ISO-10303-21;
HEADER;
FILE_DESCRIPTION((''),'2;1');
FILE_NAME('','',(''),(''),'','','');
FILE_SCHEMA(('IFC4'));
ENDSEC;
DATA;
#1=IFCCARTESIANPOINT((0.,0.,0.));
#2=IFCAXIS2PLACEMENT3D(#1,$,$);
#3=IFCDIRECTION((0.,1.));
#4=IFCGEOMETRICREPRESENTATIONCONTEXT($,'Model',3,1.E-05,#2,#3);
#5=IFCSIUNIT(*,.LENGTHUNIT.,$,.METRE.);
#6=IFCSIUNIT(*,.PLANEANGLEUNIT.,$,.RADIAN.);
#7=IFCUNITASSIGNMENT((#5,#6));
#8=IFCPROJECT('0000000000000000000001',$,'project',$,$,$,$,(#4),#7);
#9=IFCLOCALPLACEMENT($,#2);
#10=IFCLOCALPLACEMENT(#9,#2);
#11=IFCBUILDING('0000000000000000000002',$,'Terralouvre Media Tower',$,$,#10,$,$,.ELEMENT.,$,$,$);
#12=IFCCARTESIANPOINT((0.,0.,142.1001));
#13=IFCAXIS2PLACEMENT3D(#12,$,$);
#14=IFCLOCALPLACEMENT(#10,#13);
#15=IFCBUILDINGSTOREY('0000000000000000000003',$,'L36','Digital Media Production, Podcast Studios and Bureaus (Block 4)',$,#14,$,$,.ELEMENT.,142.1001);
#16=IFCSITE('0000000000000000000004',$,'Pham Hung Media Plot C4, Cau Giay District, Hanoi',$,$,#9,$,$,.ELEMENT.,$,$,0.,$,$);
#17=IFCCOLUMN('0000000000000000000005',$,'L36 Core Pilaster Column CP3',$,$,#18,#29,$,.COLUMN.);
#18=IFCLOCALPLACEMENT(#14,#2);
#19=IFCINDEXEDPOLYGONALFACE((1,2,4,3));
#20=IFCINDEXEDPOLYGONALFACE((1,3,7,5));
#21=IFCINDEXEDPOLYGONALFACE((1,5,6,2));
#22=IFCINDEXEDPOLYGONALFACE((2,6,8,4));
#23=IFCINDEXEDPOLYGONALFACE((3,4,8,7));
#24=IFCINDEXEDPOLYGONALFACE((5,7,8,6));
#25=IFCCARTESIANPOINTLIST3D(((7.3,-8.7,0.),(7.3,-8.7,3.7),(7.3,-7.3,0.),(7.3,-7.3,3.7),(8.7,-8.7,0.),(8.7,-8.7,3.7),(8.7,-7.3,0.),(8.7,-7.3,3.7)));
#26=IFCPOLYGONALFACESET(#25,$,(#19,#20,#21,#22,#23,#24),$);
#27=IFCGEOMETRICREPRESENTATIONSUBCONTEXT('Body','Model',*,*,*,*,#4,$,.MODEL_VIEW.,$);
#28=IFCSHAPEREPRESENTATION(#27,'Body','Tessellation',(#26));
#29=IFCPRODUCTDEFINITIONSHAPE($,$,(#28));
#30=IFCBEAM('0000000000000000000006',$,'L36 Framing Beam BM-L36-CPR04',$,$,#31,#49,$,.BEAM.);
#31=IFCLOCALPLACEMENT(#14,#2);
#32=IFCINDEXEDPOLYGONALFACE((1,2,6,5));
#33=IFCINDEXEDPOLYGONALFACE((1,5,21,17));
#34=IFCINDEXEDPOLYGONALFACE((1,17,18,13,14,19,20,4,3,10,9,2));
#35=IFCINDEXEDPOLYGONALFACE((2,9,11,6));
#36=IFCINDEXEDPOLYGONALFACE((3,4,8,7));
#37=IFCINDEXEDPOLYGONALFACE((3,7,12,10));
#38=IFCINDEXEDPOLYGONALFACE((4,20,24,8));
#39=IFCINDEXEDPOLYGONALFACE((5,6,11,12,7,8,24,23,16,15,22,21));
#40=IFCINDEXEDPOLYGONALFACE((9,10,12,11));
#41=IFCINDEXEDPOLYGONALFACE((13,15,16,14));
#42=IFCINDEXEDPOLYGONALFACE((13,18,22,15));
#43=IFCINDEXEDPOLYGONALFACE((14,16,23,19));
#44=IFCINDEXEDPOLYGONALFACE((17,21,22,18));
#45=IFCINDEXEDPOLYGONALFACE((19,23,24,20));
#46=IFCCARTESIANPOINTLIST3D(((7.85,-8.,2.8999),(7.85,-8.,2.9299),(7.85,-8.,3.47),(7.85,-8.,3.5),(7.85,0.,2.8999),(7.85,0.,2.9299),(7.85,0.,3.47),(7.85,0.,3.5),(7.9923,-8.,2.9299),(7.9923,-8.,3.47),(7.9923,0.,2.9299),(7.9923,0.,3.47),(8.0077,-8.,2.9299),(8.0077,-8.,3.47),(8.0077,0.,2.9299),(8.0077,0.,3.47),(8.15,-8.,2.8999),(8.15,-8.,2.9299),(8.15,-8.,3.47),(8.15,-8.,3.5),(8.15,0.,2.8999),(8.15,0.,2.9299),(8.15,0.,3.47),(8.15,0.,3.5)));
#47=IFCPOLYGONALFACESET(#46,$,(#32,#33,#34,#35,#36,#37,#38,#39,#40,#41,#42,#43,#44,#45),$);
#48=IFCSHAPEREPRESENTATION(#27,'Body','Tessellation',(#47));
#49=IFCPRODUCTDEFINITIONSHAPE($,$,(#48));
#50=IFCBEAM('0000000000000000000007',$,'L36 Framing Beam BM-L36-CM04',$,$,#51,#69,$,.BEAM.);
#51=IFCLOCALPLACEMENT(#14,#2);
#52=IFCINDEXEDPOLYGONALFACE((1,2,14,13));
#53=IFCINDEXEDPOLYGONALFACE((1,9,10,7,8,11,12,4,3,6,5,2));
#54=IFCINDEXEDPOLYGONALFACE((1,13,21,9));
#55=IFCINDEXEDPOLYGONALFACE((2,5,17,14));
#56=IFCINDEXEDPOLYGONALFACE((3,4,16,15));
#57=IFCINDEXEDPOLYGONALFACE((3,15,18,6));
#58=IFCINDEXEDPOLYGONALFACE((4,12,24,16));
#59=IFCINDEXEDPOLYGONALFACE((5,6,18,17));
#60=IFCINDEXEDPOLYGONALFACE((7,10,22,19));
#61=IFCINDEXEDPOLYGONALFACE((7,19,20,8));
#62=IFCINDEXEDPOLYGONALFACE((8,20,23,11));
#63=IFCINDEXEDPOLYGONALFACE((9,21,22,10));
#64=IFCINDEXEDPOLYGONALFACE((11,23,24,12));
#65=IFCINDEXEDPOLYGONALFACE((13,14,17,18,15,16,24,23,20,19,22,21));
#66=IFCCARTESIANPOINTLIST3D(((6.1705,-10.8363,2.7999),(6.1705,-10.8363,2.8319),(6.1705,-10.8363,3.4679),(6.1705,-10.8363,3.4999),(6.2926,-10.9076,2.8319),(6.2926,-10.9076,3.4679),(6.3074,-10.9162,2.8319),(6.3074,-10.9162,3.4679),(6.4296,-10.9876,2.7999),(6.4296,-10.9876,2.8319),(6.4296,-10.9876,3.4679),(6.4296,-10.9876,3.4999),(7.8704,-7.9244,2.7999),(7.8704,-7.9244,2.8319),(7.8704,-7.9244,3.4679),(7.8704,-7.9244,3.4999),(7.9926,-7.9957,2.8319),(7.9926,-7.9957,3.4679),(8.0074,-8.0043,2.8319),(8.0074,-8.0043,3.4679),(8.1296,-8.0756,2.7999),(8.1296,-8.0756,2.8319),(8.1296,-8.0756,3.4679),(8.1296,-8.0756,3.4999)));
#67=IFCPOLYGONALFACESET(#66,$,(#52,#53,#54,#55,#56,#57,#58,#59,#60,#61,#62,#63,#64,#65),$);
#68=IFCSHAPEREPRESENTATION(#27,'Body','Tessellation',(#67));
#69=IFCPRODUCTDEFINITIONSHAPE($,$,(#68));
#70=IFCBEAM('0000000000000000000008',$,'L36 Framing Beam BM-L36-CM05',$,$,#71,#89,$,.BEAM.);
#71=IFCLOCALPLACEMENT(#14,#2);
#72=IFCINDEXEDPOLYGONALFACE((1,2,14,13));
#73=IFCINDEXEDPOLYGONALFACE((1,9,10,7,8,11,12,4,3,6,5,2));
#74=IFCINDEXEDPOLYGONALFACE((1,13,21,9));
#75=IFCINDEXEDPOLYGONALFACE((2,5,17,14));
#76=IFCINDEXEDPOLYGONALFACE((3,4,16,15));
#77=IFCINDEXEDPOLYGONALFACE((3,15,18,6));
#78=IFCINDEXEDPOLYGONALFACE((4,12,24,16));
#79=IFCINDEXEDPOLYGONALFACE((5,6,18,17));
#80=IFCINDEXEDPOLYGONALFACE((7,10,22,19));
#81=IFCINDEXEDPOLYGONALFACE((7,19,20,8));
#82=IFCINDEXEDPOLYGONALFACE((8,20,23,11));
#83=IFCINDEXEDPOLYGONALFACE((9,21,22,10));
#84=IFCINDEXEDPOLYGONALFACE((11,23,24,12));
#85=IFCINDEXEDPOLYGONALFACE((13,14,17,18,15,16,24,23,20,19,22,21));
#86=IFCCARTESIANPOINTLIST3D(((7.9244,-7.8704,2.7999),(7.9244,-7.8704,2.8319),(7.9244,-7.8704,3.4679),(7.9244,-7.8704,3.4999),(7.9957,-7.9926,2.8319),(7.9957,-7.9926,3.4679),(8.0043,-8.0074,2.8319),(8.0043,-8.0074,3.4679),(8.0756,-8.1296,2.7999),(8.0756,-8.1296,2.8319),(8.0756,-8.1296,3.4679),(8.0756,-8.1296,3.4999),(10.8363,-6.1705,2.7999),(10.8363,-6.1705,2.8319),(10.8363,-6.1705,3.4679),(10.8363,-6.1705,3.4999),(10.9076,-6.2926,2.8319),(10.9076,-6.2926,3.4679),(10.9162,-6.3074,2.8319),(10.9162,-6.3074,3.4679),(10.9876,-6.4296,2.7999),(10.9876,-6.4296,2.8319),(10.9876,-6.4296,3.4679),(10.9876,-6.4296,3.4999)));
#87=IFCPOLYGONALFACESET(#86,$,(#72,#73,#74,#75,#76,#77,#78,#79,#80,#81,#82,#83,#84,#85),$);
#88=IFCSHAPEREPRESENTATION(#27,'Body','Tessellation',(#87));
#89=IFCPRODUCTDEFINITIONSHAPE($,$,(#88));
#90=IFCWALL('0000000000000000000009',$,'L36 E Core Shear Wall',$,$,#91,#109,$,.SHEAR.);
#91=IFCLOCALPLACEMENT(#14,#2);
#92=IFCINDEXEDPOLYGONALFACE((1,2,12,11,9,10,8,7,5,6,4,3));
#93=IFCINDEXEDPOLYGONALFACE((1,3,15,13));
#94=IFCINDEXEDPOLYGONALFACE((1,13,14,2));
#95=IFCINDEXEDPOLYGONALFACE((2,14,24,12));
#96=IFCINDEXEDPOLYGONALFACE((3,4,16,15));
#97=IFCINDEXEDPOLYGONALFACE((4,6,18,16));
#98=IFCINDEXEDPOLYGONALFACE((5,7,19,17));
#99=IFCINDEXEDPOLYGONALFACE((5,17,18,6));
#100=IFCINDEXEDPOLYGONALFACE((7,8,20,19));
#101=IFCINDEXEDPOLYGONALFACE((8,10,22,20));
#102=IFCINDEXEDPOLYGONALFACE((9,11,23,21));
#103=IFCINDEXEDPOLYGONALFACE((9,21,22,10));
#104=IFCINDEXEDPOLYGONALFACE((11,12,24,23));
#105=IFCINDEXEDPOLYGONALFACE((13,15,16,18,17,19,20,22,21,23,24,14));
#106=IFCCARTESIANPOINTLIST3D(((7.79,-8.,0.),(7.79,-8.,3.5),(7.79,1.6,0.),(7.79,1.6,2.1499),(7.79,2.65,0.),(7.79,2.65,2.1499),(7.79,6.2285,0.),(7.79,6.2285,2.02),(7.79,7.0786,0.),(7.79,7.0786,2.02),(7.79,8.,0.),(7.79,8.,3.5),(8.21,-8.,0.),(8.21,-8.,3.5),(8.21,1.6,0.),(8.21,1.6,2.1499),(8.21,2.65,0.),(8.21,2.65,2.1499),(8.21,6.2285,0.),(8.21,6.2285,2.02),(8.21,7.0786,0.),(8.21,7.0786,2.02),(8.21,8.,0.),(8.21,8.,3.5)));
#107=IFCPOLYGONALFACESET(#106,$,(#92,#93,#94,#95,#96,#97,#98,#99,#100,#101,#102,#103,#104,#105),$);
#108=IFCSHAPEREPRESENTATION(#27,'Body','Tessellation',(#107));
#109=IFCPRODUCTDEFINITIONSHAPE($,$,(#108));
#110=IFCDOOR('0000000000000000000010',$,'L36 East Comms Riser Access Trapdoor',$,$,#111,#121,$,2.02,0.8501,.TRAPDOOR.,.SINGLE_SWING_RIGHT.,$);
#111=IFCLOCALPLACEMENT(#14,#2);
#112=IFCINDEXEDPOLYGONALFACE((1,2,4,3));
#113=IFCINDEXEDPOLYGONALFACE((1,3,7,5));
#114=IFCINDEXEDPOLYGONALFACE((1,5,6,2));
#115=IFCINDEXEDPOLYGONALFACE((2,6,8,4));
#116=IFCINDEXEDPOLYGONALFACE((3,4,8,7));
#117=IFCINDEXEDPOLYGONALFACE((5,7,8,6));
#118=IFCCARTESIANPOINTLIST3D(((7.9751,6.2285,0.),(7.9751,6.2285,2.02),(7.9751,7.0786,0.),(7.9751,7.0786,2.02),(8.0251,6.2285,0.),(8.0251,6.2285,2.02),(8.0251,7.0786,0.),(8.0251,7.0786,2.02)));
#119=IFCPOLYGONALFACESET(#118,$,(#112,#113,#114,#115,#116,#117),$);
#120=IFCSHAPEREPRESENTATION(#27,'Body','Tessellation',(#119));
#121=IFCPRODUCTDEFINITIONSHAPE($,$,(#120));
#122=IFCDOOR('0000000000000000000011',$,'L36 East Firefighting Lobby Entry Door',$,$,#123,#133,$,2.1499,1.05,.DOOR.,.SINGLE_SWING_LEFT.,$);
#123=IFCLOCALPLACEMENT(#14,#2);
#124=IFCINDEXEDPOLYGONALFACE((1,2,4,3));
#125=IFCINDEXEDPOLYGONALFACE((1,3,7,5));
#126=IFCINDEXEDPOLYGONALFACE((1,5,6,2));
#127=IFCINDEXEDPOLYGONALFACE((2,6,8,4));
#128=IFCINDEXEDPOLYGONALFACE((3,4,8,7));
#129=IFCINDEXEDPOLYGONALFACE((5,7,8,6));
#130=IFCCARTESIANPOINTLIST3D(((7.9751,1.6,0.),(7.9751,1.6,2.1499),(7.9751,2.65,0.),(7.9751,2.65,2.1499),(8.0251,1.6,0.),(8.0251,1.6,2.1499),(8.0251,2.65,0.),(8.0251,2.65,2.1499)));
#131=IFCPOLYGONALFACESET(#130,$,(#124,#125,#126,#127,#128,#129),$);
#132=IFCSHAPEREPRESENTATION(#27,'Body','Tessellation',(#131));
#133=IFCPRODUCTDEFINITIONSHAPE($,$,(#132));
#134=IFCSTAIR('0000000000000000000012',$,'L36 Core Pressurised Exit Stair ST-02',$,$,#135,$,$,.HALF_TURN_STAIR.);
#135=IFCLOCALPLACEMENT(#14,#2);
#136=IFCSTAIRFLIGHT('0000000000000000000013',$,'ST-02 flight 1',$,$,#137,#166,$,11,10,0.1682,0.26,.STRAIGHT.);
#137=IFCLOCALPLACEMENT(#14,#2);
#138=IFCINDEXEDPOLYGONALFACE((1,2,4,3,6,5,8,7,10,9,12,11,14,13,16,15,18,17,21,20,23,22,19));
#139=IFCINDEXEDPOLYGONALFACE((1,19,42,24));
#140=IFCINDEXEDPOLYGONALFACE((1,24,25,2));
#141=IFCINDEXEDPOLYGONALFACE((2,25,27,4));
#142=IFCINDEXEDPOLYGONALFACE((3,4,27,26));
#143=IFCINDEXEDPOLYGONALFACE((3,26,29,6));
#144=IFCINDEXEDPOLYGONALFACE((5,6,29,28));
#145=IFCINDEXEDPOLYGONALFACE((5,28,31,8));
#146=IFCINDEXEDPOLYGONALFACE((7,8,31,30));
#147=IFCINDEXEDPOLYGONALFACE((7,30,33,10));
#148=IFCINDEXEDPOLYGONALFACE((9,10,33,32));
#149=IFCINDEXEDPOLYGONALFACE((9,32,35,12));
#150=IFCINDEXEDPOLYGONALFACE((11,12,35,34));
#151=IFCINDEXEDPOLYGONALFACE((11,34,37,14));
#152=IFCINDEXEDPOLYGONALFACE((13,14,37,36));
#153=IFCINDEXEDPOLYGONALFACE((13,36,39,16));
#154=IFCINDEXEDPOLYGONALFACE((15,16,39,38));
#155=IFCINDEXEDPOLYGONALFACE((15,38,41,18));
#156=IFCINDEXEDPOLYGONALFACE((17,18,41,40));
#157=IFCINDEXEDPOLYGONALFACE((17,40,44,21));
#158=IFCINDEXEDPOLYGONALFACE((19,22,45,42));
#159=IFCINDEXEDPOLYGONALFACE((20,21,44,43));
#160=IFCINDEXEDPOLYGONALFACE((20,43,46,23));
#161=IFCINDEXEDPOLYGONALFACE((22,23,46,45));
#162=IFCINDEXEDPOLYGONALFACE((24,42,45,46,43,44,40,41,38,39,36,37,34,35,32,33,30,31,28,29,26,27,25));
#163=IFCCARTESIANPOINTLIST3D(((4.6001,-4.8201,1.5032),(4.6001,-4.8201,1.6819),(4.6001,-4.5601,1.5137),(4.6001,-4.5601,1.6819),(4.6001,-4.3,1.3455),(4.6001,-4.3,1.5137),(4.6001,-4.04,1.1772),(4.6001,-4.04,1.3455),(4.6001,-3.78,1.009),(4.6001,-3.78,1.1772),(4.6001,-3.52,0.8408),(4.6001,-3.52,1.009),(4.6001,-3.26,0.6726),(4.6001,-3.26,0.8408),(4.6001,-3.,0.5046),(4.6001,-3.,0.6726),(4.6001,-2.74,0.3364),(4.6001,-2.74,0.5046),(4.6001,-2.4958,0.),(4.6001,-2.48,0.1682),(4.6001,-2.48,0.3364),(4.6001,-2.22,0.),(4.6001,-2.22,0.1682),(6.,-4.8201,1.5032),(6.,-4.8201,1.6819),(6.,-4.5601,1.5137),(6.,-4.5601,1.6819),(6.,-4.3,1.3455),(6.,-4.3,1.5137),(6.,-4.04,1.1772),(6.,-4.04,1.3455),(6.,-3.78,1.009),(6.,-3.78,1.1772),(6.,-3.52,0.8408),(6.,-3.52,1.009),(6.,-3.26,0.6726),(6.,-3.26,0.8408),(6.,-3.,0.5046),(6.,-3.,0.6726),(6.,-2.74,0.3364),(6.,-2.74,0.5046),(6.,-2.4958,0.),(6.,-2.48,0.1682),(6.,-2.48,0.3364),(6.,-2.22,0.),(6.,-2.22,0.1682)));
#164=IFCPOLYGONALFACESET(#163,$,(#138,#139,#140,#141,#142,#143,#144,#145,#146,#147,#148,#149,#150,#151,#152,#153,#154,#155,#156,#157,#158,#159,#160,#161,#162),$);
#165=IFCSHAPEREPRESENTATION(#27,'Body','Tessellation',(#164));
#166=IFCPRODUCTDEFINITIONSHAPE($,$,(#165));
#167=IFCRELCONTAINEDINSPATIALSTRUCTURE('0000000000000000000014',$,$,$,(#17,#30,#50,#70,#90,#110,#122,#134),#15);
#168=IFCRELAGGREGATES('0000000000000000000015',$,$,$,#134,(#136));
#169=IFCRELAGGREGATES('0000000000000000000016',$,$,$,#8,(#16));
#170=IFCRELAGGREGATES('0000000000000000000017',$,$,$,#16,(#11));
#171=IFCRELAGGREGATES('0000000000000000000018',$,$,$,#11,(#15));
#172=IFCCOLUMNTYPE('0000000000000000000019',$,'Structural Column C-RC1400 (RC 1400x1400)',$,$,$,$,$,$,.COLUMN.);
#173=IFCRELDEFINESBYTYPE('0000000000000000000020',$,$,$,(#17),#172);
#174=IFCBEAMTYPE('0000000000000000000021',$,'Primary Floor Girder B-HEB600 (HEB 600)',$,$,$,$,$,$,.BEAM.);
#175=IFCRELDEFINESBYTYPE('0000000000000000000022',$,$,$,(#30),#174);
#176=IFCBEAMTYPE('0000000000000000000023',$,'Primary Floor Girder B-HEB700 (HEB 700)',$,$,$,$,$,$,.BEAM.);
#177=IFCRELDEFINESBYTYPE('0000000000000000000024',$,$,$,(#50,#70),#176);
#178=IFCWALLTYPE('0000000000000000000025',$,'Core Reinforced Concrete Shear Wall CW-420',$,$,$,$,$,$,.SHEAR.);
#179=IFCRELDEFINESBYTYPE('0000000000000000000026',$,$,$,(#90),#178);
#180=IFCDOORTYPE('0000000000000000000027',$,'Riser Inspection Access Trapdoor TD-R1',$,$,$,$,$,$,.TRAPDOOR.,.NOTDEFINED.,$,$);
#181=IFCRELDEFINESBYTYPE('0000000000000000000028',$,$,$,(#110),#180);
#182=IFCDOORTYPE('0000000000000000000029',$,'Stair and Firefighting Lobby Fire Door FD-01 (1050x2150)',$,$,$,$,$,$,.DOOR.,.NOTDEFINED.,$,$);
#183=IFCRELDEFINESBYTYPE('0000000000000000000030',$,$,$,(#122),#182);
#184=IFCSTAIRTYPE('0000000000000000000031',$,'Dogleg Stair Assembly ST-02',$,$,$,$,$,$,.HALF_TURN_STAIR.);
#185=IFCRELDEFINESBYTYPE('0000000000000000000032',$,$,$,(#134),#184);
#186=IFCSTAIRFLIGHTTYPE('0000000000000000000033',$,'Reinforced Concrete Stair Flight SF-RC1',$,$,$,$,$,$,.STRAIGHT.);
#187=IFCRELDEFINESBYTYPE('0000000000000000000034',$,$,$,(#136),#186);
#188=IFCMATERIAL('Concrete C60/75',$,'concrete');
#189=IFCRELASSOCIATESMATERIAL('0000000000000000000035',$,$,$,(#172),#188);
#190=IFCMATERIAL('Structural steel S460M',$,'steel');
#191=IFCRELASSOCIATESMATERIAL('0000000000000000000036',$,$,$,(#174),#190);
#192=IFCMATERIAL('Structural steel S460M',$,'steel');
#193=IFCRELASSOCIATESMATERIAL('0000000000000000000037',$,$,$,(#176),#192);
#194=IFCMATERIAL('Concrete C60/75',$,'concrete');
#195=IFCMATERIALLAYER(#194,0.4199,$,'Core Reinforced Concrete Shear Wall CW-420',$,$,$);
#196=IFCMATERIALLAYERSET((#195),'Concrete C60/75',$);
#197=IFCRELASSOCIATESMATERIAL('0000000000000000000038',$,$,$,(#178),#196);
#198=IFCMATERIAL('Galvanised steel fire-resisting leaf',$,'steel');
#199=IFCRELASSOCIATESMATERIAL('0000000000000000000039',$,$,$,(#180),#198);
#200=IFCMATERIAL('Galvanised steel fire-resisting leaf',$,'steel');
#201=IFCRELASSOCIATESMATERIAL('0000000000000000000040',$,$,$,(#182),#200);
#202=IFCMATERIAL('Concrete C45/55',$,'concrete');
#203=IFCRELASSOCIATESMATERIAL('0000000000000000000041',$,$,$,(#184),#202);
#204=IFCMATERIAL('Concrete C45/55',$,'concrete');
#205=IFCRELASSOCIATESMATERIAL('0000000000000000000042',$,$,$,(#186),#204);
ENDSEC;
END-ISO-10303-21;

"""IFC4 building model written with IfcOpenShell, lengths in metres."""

from ifc_helpers import new_model, si_unit, direction, frame, frame_2d, origin, origin_2d, place, context, subcontext, project, spatial, polyline, rectangle, i_section, outline, extrude, material, layer, layer_set, material_profile, profile_set, type_object, element, fill, aggregate, save


model = new_model("IFC4")

# Units and contexts
model_context = context("Model", 3, precision=1e-05, world=origin(), true_north=direction((0.0, 1.0)))
body_context = subcontext(model_context, "Body", "Model", "MODEL_VIEW")
ifc_project = project(units=[si_unit("LENGTHUNIT", "METRE"), si_unit("PLANEANGLEUNIT", "RADIAN")], contexts=[model_context])

# Site, building, storey
site_placement = place(None, origin())
site = spatial("IfcSite", under=ifc_project, at=site_placement, Name="Pham Hung Media Plot C4, Cau Giay District, Hanoi", CompositionType="ELEMENT", RefElevation=0.0)
building_placement = place(site_placement, origin())
building = spatial("IfcBuilding", under=site, at=building_placement, Name="Terralouvre Media Tower", CompositionType="ELEMENT")
storey_placement = place(building_placement, frame((0.0, 0.0, 142.1001)))
storey = spatial("IfcBuildingStorey", under=building, at=storey_placement, Name="L36", Description="Digital Media Production, Podcast Studios and Bureaus (Block 4)", CompositionType="ELEMENT", Elevation=142.1001)

# Column
ifc_material_1 = material(Name="Concrete C60/75", Category="concrete")
ifc_material_profile_1 = material_profile(ifc_material_1, rectangle(XDim=1.3999, YDim=1.3999, at=origin_2d()), Name="RC 1400x1400")
ifc_profile_set_1 = profile_set([ifc_material_profile_1], Name="Concrete C60/75")
column_type = type_object("IfcColumnType", Name="Structural Column C-RC1400 (RC 1400x1400)", PredefinedType="COLUMN", material=ifc_profile_set_1)
column_placement = place(storey_placement, frame((8.0, -8.0, 0.0), z_axis=(0.0, 0.0, 1.0), x_axis=(1.0, 0.0, 0.0)))
element("IfcColumn", 1, at=column_placement, inside=storey, type_object=column_type, Name="L36 Core Pilaster Column CP3", PredefinedType="COLUMN", context=body_context, shape_type="SweptSolid", body=[
    extrude(rectangle(XDim=1.3999, YDim=1.3999, at=origin_2d()), origin(), (0.0, 0.0, 1.0), 3.7),
])

# Beams
ifc_material_2 = material(Name="Structural steel S460M", Category="steel")
ifc_material_profile_2 = material_profile(ifc_material_2, i_section(OverallWidth=0.3, OverallDepth=0.6001, WebThickness=0.0154, FlangeThickness=0.03, at=origin_2d()), Name="HEB 600")
ifc_profile_set_2 = profile_set([ifc_material_profile_2], Name="Structural steel S460M")
beam_type_1 = type_object("IfcBeamType", Name="Primary Floor Girder B-HEB600 (HEB 600)", PredefinedType="BEAM", material=ifc_profile_set_2)
beam_placement = place(storey_placement, frame((8.0, -8.0, 3.2), z_axis=(0.0, 1.0, 0.0), x_axis=(-1.0, 0.0, 0.0)))
element("IfcBeam", 2, at=beam_placement, inside=storey, type_object=beam_type_1, Name="L36 Framing Beam BM-L36-CPR04", PredefinedType="BEAM", context=body_context, shape_type="SweptSolid", body=[
    extrude(i_section(OverallWidth=0.3, OverallDepth=0.6001, WebThickness=0.0154, FlangeThickness=0.03, at=origin_2d()), origin(), (0.0, 0.0, 1.0), 8.0),
])
ifc_material_3 = material(Name="Structural steel S460M", Category="steel")
ifc_material_profile_3 = material_profile(ifc_material_3, i_section(OverallWidth=0.3, OverallDepth=0.7, WebThickness=0.0171, FlangeThickness=0.032, at=origin_2d()), Name="HEB 700")
ifc_profile_set_3 = profile_set([ifc_material_profile_3], Name="Structural steel S460M")
beam_type_2 = type_object("IfcBeamType", Name="Primary Floor Girder B-HEB700 (HEB 700)", PredefinedType="BEAM", material=ifc_profile_set_3)
for number, where, z_axis, x_axis, name in (
    (3, (8.0, -8.0, 3.1499), (-0.504173, -0.863603, 0.0), (0.863603, -0.504173, 0.0), "L36 Framing Beam BM-L36-CM04"),
    (4, (8.0, -8.0, 3.1499), (0.863603, 0.504173, 0.0), (-0.504173, 0.863603, 0.0), "L36 Framing Beam BM-L36-CM05"),
):
    element("IfcBeam", number, at=place(storey_placement, frame(where, z_axis=z_axis, x_axis=x_axis)), inside=storey, type_object=beam_type_2, Name=name, PredefinedType="BEAM", context=body_context, shape_type="SweptSolid", body=[
        extrude(i_section(OverallWidth=0.3, OverallDepth=0.7, WebThickness=0.0171, FlangeThickness=0.032, at=origin_2d()), origin(), (0.0, 0.0, 1.0), 3.3718),
    ])

# Wall, openings, doors
ifc_material_4 = material(Name="Concrete C60/75", Category="concrete")
ifc_layer_1 = layer(ifc_material_4, 0.4199, Name="Core Reinforced Concrete Shear Wall CW-420")
ifc_layer_set_1 = layer_set([ifc_layer_1], Name="Concrete C60/75")
wall_type = type_object("IfcWallType", Name="Core Reinforced Concrete Shear Wall CW-420", PredefinedType="SHEAR", material=ifc_layer_set_1)
wall_placement = place(storey_placement, frame((8.0, -8.0, 0.0), z_axis=(0.0, 0.0, 1.0), x_axis=(0.0, 1.0, 0.0)))
wall = element("IfcWall", 5, at=wall_placement, inside=storey, type_object=wall_type, Name="L36 E Core Shear Wall", PredefinedType="SHEAR", context=body_context, shape_type="SweptSolid", body=[
    extrude(rectangle(XDim=16.0, YDim=0.4199, at=frame_2d((8.0, 0.0))), origin(), (0.0, 0.0, 1.0), 3.5),
])
opening_1_placement = place(wall_placement, frame((9.6001, 0.0, 0.0)))
opening_1 = element("IfcOpeningElement", 6, at=opening_1_placement, cuts=wall, PredefinedType="OPENING", context=body_context, shape_type="SweptSolid", body=[
    extrude(rectangle(XDim=1.05, YDim=2.1499, at=frame_2d((0.5249, 1.075))), frame((0.0, 0.22, 0.0), z_axis=(0.0, -1.0, 0.0), x_axis=(1.0, 0.0, 0.0)), (0.0, 0.0, 1.0), 0.4399),
])
opening_2_placement = place(wall_placement, frame((14.2285, 0.0, 0.0)))
opening_2 = element("IfcOpeningElement", 7, at=opening_2_placement, cuts=wall, PredefinedType="OPENING", context=body_context, shape_type="SweptSolid", body=[
    extrude(rectangle(XDim=0.8501, YDim=2.02, at=frame_2d((0.425, 1.01))), frame((0.0, 0.22, 0.0), z_axis=(0.0, -1.0, 0.0), x_axis=(1.0, 0.0, 0.0)), (0.0, 0.0, 1.0), 0.4399),
])
ifc_material_5 = material(Name="Galvanised steel fire-resisting leaf", Category="steel")
door_type_1 = type_object("IfcDoorType", Name="Riser Inspection Access Trapdoor TD-R1", OperationType="NOTDEFINED", PredefinedType="TRAPDOOR", material=ifc_material_5)
door_1_placement = place(opening_2_placement, origin())
door_1 = element("IfcDoor", 8, at=door_1_placement, inside=storey, type_object=door_type_1, Name="L36 East Comms Riser Access Trapdoor", OperationType="SINGLE_SWING_RIGHT", OverallHeight=2.02, OverallWidth=0.8501, PredefinedType="TRAPDOOR", context=body_context, shape_type="SweptSolid", body=[
    extrude(rectangle(XDim=0.8501, YDim=2.02, at=frame_2d((0.425, 1.01))), frame((0.0, 0.0249, 0.0), z_axis=(0.0, -1.0, 0.0), x_axis=(1.0, 0.0, 0.0)), (0.0, 0.0, 1.0), 0.05),
])
fill(opening_2, door_1)
ifc_material_6 = material(Name="Galvanised steel fire-resisting leaf", Category="steel")
door_type_2 = type_object("IfcDoorType", Name="Stair and Firefighting Lobby Fire Door FD-01 (1050x2150)", OperationType="NOTDEFINED", PredefinedType="DOOR", material=ifc_material_6)
door_2_placement = place(opening_1_placement, origin())
door_2 = element("IfcDoor", 9, at=door_2_placement, inside=storey, type_object=door_type_2, Name="L36 East Firefighting Lobby Entry Door", OperationType="SINGLE_SWING_LEFT", OverallHeight=2.1499, OverallWidth=1.05, PredefinedType="DOOR", context=body_context, shape_type="SweptSolid", body=[
    extrude(rectangle(XDim=1.05, YDim=2.1499, at=frame_2d((0.5249, 1.075))), frame((0.0, 0.0249, 0.0), z_axis=(0.0, -1.0, 0.0), x_axis=(1.0, 0.0, 0.0)), (0.0, 0.0, 1.0), 0.05),
])
fill(opening_1, door_2)

# Stair, stair flight
ifc_material_7 = material(Name="Concrete C45/55", Category="concrete")
stair_type = type_object("IfcStairType", Name="Dogleg Stair Assembly ST-02", PredefinedType="HALF_TURN_STAIR", material=ifc_material_7)
stair_placement = place(storey_placement, origin())
stair = element("IfcStair", 10, at=stair_placement, inside=storey, type_object=stair_type, Name="L36 Core Pressurised Exit Stair ST-02", PredefinedType="HALF_TURN_STAIR")
ifc_material_8 = material(Name="Concrete C45/55", Category="concrete")
stair_flight_type = type_object("IfcStairFlightType", Name="Reinforced Concrete Stair Flight SF-RC1", PredefinedType="STRAIGHT", material=ifc_material_8)
stair_flight_1_placement = place(storey_placement, frame((5.3, -2.22, 0.0), z_axis=(0.0, 0.0, 1.0), x_axis=(0.0, -1.0, 0.0)))
stair_flight_1 = element("IfcStairFlight", 11, at=stair_flight_1_placement, type_object=stair_flight_type, Name="ST-02 flight 1", NumberOfRisers=11, NumberOfTreads=10, PredefinedType="STRAIGHT", RiserHeight=0.1682, TreadLength=0.26, context=body_context, shape_type="SweptSolid", body=[
    extrude(outline(polyline([(0.0, 0.0), (0.0, 0.1682), (0.26, 0.1682), (0.26, 0.3364), (0.52, 0.3364), (0.52, 0.5046), (0.78, 0.5046), (0.78, 0.6726), (1.04, 0.6726), (1.04, 0.8408), (1.3, 0.8408), (1.3, 1.009), (1.5601, 1.009), (1.5601, 1.1772), (1.8201, 1.1772), (1.8201, 1.3455), (2.0801, 1.3455), (2.0801, 1.5137), (2.3401, 1.5137), (2.3401, 1.6819), (2.6001, 1.6819), (2.6001, 1.8501), (2.6001, 1.5032), (0.2759, 0.0), (0.0, 0.0)])), frame((0.0, 0.7, 0.0), z_axis=(0.0, -1.0, 0.0), x_axis=(1.0, 0.0, 0.0)), (0.0, 0.0, 1.0), 1.3999),
])
aggregate(stair, [stair_flight_1])

save(model, "model.ifc")
